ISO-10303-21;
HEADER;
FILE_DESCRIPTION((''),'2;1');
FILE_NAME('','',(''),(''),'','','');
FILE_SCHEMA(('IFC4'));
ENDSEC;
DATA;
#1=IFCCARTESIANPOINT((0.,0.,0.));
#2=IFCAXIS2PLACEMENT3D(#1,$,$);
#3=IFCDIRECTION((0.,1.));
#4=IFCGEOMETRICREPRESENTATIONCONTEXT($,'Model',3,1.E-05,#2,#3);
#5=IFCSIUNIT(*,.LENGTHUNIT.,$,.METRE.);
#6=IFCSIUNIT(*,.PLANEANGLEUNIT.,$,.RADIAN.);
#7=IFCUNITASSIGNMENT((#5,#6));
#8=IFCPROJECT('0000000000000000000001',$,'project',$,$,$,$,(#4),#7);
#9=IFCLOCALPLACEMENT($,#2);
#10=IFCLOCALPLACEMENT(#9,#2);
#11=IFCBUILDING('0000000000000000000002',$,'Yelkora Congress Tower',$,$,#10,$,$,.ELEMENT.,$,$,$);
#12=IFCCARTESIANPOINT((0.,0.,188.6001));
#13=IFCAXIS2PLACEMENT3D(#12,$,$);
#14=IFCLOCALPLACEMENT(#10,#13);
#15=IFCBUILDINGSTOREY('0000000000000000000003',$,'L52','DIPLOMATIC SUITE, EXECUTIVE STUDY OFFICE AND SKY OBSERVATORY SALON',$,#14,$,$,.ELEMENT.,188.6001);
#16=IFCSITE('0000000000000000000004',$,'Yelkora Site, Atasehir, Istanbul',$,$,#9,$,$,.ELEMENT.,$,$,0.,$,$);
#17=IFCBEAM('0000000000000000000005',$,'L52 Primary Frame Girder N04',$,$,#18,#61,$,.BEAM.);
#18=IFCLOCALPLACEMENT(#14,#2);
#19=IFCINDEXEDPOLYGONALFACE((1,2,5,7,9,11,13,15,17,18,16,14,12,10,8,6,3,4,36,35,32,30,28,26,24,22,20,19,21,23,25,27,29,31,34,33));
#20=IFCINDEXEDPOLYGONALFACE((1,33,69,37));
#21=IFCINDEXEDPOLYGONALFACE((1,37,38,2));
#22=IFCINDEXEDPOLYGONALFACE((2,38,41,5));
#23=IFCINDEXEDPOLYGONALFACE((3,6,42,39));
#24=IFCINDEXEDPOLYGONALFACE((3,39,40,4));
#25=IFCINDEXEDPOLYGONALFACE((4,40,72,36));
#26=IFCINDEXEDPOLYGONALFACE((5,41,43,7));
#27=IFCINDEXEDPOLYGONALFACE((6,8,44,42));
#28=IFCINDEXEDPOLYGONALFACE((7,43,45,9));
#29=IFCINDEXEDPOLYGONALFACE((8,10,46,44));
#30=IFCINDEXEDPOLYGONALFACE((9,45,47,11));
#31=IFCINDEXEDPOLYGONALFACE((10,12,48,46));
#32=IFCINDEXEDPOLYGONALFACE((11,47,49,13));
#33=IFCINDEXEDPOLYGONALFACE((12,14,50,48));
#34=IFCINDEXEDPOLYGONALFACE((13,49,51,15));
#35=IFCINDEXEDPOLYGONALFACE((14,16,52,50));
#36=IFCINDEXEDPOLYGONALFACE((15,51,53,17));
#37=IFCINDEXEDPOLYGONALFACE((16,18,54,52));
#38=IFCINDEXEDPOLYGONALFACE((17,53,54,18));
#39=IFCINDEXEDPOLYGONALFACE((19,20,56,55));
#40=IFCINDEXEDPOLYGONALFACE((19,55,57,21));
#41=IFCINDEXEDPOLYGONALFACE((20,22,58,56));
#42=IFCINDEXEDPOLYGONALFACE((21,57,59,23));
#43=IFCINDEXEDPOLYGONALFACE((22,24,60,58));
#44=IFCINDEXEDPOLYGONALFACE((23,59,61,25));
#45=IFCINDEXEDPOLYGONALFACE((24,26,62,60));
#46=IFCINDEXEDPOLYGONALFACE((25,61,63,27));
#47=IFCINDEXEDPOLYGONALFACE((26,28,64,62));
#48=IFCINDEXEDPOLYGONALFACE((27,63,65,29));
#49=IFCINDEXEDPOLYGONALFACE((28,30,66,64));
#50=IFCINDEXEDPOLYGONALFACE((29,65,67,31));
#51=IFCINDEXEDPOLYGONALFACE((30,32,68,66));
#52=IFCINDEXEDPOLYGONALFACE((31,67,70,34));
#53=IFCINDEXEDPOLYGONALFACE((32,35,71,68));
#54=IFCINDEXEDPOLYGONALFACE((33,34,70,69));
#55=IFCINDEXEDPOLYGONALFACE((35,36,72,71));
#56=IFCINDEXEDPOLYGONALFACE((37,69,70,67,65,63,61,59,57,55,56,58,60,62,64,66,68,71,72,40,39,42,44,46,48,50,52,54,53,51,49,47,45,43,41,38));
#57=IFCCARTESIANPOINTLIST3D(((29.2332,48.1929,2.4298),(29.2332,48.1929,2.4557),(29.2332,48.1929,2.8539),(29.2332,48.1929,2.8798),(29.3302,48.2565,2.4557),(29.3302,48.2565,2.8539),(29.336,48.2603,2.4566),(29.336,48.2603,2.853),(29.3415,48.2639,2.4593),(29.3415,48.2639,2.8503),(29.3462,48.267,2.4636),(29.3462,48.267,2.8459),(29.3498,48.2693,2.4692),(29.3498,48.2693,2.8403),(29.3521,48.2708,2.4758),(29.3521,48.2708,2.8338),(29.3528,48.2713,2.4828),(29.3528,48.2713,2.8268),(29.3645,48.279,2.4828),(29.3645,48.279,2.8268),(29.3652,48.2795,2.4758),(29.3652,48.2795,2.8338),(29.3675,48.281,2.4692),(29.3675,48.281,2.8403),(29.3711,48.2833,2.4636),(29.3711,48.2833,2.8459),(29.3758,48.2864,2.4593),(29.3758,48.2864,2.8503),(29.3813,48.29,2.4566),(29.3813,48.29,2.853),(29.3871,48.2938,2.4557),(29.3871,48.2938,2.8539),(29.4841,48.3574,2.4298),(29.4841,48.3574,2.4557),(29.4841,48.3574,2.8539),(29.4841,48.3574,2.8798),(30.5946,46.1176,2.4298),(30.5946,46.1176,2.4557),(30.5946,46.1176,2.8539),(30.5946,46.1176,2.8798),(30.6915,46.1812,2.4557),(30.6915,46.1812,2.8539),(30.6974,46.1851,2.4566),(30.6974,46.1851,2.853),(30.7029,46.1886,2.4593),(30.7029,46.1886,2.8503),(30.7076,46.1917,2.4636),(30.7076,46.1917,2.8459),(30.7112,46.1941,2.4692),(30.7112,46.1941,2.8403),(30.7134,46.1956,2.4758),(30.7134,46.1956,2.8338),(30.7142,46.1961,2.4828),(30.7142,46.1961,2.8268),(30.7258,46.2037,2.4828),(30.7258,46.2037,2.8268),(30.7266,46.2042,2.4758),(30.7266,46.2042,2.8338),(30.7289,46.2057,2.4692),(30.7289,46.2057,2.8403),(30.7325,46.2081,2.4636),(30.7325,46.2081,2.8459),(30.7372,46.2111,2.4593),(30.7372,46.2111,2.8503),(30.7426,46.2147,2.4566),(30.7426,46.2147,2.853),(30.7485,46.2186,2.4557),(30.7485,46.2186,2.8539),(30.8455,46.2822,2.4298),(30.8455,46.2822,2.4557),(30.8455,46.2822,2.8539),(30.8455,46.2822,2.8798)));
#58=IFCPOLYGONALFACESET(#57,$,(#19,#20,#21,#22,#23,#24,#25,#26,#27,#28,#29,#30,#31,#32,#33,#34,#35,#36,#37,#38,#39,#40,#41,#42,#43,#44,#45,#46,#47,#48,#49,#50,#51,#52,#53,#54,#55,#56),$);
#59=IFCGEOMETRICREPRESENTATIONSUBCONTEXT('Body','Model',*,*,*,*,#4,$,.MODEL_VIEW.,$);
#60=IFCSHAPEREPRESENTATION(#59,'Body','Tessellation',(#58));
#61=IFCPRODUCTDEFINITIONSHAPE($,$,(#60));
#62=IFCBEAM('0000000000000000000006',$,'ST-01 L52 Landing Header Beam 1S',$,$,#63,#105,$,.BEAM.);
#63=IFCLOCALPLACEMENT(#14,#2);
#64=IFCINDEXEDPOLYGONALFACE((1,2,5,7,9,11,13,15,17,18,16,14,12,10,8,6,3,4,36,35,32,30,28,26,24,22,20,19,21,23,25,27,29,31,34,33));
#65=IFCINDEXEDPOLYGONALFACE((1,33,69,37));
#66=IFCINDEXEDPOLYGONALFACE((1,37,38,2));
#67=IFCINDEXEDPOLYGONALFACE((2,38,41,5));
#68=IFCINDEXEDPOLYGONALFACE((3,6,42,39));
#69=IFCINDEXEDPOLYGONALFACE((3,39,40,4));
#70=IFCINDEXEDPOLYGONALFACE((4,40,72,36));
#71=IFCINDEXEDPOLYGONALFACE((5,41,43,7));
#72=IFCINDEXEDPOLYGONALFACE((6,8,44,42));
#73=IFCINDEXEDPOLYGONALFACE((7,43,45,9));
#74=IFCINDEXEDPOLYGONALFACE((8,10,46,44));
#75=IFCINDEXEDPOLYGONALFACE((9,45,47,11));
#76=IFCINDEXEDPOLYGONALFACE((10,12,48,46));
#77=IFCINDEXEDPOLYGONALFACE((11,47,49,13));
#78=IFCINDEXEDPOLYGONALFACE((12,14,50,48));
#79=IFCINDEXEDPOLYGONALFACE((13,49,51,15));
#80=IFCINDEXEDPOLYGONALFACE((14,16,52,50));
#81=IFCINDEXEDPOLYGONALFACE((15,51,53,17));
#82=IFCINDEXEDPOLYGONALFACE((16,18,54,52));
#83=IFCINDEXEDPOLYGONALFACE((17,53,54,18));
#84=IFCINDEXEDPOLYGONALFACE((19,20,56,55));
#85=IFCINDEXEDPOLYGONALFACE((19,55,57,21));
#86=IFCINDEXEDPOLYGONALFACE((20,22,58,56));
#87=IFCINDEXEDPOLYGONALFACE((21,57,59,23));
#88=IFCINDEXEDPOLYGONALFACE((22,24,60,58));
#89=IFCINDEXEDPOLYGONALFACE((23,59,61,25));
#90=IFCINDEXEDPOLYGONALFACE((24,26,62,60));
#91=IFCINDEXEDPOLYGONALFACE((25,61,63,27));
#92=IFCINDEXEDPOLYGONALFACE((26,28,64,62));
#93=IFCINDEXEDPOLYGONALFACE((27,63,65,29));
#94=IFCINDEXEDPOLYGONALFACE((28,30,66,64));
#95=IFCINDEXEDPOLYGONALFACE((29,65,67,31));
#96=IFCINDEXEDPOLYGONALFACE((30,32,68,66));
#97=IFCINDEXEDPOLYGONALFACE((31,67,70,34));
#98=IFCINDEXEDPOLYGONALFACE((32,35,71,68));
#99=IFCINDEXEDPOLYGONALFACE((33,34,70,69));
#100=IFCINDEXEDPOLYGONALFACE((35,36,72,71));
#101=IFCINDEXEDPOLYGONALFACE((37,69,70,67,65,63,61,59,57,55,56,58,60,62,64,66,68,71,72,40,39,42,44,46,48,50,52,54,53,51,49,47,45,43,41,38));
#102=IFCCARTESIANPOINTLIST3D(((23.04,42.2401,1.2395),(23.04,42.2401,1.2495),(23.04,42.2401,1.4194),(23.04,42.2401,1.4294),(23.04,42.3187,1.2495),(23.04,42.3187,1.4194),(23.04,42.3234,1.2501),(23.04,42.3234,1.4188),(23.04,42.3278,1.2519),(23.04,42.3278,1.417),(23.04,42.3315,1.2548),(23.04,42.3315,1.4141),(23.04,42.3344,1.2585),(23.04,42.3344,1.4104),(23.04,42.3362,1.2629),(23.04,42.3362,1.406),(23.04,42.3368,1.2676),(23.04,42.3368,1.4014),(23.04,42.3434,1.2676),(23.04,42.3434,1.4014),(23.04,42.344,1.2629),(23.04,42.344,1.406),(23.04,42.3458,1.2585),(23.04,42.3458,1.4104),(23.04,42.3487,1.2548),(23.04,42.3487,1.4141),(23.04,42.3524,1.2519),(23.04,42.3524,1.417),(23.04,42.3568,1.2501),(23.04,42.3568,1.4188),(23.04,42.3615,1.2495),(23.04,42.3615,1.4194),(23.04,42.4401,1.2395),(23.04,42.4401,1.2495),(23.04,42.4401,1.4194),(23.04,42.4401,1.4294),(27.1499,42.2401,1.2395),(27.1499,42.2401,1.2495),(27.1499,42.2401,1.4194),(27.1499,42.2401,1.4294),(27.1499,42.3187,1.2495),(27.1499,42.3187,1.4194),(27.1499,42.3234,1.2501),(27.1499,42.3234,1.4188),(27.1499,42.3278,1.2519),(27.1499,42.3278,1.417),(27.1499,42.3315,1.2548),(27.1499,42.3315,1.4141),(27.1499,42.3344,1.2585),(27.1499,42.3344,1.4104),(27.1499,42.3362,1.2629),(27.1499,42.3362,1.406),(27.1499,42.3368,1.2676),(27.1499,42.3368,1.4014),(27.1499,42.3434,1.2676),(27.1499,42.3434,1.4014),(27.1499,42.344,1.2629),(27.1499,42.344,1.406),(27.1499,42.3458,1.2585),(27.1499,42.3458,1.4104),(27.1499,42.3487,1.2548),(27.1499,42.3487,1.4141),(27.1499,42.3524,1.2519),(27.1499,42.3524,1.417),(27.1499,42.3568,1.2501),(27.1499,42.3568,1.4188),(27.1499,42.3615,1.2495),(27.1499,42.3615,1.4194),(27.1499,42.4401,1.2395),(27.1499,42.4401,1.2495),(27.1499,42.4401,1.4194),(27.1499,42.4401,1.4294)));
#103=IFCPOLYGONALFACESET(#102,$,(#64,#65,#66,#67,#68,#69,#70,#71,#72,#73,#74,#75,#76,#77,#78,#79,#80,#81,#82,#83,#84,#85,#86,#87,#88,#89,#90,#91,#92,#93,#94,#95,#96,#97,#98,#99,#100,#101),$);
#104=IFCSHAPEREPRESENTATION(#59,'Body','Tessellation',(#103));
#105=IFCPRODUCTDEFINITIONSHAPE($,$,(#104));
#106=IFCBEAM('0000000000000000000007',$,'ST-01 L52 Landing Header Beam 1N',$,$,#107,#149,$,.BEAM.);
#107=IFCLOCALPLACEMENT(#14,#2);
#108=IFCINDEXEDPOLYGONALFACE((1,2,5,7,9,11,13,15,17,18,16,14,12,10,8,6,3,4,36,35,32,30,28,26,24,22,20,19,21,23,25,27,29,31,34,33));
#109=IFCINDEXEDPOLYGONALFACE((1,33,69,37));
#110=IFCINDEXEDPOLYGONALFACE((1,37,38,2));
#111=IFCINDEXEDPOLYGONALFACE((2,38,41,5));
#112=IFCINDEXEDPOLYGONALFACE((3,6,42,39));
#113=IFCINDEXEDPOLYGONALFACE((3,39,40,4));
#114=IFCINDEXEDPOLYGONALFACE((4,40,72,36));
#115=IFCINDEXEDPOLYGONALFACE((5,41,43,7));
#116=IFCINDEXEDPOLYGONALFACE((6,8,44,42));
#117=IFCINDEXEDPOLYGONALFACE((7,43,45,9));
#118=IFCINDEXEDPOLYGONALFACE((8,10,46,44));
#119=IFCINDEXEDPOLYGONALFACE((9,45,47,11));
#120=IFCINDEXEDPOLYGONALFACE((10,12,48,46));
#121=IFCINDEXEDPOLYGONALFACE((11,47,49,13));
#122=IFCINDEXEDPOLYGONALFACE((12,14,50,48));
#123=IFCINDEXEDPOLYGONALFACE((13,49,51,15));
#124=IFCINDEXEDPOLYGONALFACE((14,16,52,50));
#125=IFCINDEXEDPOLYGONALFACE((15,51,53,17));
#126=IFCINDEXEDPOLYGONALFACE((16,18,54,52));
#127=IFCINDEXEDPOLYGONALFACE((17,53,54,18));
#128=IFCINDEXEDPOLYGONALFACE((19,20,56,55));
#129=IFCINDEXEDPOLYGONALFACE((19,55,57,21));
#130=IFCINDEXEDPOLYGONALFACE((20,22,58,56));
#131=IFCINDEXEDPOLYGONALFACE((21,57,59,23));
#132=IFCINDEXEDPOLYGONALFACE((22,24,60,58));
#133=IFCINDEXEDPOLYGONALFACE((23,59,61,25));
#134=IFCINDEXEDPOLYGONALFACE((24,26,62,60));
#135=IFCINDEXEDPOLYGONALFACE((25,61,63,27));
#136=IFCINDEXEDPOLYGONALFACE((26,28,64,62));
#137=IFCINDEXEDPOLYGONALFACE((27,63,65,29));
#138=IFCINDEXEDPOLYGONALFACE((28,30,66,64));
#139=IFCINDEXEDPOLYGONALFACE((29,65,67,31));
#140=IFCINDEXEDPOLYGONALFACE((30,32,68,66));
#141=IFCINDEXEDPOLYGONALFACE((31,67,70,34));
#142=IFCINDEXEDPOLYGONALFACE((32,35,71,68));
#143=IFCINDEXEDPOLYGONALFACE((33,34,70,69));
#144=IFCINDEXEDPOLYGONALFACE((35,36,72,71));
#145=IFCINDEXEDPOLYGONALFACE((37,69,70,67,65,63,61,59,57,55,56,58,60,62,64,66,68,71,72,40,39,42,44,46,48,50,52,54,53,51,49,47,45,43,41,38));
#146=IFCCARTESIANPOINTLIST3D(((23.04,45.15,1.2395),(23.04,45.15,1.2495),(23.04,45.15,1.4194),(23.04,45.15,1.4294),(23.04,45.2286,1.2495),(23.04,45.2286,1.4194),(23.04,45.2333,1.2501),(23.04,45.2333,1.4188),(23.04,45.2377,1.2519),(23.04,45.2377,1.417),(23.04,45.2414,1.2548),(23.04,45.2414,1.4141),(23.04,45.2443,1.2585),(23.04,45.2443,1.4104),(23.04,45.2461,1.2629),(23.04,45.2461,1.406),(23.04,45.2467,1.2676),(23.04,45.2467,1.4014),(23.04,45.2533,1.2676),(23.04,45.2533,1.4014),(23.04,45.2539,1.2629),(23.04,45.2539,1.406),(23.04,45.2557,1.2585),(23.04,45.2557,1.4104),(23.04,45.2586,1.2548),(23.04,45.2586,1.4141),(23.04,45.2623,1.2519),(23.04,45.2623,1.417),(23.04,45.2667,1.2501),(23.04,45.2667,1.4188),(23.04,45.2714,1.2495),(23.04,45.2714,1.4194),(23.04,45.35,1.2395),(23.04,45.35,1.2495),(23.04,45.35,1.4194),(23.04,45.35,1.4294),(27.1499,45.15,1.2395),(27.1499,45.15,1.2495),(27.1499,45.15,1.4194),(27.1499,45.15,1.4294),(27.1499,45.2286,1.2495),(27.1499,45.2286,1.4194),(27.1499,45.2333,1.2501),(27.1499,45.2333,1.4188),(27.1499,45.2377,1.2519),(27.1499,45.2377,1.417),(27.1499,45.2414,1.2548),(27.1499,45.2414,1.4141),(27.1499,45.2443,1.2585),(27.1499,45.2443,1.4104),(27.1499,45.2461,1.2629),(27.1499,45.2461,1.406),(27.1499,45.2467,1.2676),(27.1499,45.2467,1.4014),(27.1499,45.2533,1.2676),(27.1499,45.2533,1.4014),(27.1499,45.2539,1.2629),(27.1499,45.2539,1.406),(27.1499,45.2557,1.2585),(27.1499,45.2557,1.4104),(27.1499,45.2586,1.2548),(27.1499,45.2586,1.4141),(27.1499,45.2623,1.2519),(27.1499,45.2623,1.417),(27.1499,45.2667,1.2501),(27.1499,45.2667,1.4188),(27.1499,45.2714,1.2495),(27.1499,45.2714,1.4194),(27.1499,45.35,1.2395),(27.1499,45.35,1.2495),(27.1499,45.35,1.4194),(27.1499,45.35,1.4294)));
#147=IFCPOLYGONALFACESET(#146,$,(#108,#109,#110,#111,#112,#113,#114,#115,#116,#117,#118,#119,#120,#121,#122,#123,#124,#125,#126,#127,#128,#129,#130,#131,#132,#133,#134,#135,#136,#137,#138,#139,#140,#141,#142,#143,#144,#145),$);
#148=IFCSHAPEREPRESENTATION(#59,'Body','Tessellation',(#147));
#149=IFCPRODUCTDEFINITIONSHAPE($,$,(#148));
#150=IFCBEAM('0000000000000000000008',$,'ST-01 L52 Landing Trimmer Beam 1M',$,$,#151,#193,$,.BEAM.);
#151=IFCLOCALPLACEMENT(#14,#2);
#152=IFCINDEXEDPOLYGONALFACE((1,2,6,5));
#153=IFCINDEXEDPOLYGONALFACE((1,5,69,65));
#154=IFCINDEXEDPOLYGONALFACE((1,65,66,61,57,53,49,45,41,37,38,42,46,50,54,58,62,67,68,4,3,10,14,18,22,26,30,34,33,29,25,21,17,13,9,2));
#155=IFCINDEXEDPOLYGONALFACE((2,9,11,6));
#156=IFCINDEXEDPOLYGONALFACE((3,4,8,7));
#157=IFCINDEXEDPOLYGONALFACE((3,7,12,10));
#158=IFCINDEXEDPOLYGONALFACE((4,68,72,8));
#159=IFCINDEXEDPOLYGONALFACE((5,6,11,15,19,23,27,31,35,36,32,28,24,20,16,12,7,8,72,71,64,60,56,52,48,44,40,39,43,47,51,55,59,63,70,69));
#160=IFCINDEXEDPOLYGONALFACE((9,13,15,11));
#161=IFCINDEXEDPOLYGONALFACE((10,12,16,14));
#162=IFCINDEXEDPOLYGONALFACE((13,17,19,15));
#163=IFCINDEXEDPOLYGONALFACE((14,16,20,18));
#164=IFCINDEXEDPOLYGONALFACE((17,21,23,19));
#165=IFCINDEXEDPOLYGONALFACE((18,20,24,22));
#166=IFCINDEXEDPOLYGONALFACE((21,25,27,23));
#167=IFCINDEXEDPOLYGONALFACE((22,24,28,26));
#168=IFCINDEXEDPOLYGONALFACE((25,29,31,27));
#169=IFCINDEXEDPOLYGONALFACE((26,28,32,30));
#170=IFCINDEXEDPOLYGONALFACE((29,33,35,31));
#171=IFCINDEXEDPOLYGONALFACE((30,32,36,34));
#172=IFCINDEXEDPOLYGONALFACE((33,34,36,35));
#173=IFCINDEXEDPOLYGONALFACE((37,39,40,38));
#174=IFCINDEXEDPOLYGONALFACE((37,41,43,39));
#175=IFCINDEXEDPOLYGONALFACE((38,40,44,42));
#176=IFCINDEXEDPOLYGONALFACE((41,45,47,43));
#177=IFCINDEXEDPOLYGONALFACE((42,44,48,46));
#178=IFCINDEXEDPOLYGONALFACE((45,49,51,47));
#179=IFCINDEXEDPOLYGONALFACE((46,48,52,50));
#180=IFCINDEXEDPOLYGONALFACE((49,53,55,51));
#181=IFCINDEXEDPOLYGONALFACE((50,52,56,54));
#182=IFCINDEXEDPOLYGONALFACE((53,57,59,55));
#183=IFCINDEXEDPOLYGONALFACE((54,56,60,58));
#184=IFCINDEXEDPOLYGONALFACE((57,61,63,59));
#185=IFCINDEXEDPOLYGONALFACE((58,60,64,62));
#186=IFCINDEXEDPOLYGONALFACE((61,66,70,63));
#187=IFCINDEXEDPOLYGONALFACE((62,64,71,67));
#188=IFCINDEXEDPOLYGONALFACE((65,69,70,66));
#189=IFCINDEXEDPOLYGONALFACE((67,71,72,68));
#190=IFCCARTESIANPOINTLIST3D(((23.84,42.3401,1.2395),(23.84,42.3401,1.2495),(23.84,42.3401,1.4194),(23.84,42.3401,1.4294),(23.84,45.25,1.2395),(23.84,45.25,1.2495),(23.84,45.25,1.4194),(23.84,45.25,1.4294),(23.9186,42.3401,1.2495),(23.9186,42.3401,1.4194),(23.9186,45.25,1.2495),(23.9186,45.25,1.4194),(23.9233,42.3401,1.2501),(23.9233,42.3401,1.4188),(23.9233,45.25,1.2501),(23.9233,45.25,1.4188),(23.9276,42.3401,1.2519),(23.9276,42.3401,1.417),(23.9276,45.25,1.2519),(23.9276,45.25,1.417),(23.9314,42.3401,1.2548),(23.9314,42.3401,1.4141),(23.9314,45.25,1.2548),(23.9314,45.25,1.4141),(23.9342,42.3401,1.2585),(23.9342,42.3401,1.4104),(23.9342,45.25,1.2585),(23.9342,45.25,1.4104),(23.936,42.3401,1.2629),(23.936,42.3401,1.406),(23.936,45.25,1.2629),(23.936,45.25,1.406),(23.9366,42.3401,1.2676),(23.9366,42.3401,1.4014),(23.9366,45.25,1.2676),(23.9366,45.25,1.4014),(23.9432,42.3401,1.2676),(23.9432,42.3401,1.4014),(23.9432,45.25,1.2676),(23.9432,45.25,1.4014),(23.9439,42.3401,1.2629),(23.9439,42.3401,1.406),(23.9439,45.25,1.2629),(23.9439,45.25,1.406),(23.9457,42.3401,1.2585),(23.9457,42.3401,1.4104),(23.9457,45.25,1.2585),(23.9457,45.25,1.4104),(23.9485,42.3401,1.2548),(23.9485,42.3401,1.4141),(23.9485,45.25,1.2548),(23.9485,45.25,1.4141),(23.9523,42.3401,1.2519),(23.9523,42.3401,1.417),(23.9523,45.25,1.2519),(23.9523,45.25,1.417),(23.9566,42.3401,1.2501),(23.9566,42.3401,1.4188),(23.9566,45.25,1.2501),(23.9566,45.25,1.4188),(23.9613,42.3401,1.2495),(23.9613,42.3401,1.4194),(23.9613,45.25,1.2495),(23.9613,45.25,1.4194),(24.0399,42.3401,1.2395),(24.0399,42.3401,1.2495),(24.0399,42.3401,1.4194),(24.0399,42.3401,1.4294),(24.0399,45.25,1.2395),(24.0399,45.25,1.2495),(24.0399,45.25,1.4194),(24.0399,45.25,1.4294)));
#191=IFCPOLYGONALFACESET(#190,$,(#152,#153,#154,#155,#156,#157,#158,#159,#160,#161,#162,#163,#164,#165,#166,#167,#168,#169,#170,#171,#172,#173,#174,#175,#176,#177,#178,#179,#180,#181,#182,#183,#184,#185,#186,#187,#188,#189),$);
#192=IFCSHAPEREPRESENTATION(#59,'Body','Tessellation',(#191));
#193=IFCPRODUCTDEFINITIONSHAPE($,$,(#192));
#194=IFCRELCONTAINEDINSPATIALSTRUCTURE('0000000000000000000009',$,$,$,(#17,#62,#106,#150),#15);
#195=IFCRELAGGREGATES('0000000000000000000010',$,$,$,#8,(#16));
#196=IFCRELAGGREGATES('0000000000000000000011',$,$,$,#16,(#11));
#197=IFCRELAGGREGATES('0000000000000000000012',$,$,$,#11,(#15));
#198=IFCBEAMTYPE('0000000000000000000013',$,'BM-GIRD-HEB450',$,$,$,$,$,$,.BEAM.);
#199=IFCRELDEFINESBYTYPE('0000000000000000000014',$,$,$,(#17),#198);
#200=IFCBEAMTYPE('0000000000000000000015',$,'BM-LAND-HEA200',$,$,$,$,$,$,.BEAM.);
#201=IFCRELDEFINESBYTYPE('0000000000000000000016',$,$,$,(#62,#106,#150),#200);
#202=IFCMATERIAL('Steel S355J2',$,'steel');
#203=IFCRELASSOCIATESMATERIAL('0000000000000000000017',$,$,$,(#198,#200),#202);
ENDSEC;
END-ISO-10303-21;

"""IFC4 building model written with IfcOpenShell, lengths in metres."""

from ifc_helpers import new_model, si_unit, direction, frame, origin, origin_2d, place, context, subcontext, project, spatial, i_section, extrude, material, material_profile, profile_set, type_object, element, save


model = new_model("IFC4")

# Units and contexts
model_context = context("Model", 3, precision=1e-05, world=origin(), true_north=direction((0.0, 1.0)))
body_context = subcontext(model_context, "Body", "Model", "MODEL_VIEW")
ifc_project = project(units=[si_unit("LENGTHUNIT", "METRE"), si_unit("PLANEANGLEUNIT", "RADIAN")], contexts=[model_context])

# Site, building, storey
site_placement = place(None, origin())
site = spatial("IfcSite", under=ifc_project, at=site_placement, Name="Yelkora Site, Atasehir, Istanbul", CompositionType="ELEMENT", RefElevation=0.0)
building_placement = place(site_placement, origin())
building = spatial("IfcBuilding", under=site, at=building_placement, Name="Yelkora Congress Tower", CompositionType="ELEMENT")
storey_placement = place(building_placement, frame((0.0, 0.0, 188.6001)))
storey = spatial("IfcBuildingStorey", under=building, at=storey_placement, Name="L52", Description="DIPLOMATIC SUITE, EXECUTIVE STUDY OFFICE AND SKY OBSERVATORY SALON", CompositionType="ELEMENT", Elevation=188.6001)

# Beams
ifc_material_1 = material(Name="Steel S355J2", Category="steel")
ifc_material_profile_1 = material_profile(ifc_material_1, i_section(OverallWidth=0.3, OverallDepth=0.45, WebThickness=0.0139, FlangeThickness=0.0259, FilletRadius=0.0271, at=origin_2d()), Name="HEB 450")
ifc_profile_set_1 = profile_set([ifc_material_profile_1], Name="Steel S355J2")
beam_type_1 = type_object("IfcBeamType", Name="BM-GIRD-HEB450", PredefinedType="BEAM", material=ifc_profile_set_1)
beam_1_placement = place(storey_placement, frame((29.3586, 48.2751, 2.6548), z_axis=(0.54851, -0.836144, 0.0), x_axis=(0.836144, 0.54851, 0.0)))
element("IfcBeam", 1, at=beam_1_placement, inside=storey, type_object=beam_type_1, Name="L52 Primary Frame Girder N04", PredefinedType="BEAM", context=body_context, shape_type="SweptSolid", body=[
    extrude(i_section(OverallWidth=0.3, OverallDepth=0.45, WebThickness=0.0139, FlangeThickness=0.0259, FilletRadius=0.0271, at=origin_2d()), origin(), (0.0, 0.0, 1.0), 2.4819),
])
ifc_material_profile_2 = material_profile(ifc_material_1, i_section(OverallWidth=0.2, OverallDepth=0.1899, WebThickness=0.0066, FlangeThickness=0.01, FilletRadius=0.0181, at=origin_2d()), Name="HEA 200")
ifc_profile_set_2 = profile_set([ifc_material_profile_2], Name="Steel S355J2")
beam_type_2 = type_object("IfcBeamType", Name="BM-LAND-HEA200", PredefinedType="BEAM", material=ifc_profile_set_2)
for number, where, z_axis, x_axis, name in (
    (2, (23.04, 42.3401, 1.3345), (1.0, 0.0, 0.0), (0.0, 1.0, 0.0), "ST-01 L52 Landing Header Beam 1S"),
    (3, (23.04, 45.25, 1.3345), (1.0, 0.0, 0.0), (0.0, 1.0, 0.0), "ST-01 L52 Landing Header Beam 1N"),
):
    element("IfcBeam", number, at=place(storey_placement, frame(where, z_axis=z_axis, x_axis=x_axis)), inside=storey, type_object=beam_type_2, Name=name, PredefinedType="BEAM", context=body_context, shape_type="SweptSolid", body=[
        extrude(i_section(OverallWidth=0.2, OverallDepth=0.1899, WebThickness=0.0066, FlangeThickness=0.01, FilletRadius=0.0181, at=origin_2d()), origin(), (0.0, 0.0, 1.0), 4.1099),
    ])
beam_2_placement = place(storey_placement, frame((23.9399, 42.3401, 1.3345), z_axis=(0.0, 1.0, 0.0), x_axis=(-1.0, 0.0, 0.0)))
element("IfcBeam", 4, at=beam_2_placement, inside=storey, type_object=beam_type_2, Name="ST-01 L52 Landing Trimmer Beam 1M", PredefinedType="BEAM", context=body_context, shape_type="SweptSolid", body=[
    extrude(i_section(OverallWidth=0.2, OverallDepth=0.1899, WebThickness=0.0066, FlangeThickness=0.01, FilletRadius=0.0181, at=origin_2d()), origin(), (0.0, 0.0, 1.0), 2.9099),
])

save(model, "model.ifc")
